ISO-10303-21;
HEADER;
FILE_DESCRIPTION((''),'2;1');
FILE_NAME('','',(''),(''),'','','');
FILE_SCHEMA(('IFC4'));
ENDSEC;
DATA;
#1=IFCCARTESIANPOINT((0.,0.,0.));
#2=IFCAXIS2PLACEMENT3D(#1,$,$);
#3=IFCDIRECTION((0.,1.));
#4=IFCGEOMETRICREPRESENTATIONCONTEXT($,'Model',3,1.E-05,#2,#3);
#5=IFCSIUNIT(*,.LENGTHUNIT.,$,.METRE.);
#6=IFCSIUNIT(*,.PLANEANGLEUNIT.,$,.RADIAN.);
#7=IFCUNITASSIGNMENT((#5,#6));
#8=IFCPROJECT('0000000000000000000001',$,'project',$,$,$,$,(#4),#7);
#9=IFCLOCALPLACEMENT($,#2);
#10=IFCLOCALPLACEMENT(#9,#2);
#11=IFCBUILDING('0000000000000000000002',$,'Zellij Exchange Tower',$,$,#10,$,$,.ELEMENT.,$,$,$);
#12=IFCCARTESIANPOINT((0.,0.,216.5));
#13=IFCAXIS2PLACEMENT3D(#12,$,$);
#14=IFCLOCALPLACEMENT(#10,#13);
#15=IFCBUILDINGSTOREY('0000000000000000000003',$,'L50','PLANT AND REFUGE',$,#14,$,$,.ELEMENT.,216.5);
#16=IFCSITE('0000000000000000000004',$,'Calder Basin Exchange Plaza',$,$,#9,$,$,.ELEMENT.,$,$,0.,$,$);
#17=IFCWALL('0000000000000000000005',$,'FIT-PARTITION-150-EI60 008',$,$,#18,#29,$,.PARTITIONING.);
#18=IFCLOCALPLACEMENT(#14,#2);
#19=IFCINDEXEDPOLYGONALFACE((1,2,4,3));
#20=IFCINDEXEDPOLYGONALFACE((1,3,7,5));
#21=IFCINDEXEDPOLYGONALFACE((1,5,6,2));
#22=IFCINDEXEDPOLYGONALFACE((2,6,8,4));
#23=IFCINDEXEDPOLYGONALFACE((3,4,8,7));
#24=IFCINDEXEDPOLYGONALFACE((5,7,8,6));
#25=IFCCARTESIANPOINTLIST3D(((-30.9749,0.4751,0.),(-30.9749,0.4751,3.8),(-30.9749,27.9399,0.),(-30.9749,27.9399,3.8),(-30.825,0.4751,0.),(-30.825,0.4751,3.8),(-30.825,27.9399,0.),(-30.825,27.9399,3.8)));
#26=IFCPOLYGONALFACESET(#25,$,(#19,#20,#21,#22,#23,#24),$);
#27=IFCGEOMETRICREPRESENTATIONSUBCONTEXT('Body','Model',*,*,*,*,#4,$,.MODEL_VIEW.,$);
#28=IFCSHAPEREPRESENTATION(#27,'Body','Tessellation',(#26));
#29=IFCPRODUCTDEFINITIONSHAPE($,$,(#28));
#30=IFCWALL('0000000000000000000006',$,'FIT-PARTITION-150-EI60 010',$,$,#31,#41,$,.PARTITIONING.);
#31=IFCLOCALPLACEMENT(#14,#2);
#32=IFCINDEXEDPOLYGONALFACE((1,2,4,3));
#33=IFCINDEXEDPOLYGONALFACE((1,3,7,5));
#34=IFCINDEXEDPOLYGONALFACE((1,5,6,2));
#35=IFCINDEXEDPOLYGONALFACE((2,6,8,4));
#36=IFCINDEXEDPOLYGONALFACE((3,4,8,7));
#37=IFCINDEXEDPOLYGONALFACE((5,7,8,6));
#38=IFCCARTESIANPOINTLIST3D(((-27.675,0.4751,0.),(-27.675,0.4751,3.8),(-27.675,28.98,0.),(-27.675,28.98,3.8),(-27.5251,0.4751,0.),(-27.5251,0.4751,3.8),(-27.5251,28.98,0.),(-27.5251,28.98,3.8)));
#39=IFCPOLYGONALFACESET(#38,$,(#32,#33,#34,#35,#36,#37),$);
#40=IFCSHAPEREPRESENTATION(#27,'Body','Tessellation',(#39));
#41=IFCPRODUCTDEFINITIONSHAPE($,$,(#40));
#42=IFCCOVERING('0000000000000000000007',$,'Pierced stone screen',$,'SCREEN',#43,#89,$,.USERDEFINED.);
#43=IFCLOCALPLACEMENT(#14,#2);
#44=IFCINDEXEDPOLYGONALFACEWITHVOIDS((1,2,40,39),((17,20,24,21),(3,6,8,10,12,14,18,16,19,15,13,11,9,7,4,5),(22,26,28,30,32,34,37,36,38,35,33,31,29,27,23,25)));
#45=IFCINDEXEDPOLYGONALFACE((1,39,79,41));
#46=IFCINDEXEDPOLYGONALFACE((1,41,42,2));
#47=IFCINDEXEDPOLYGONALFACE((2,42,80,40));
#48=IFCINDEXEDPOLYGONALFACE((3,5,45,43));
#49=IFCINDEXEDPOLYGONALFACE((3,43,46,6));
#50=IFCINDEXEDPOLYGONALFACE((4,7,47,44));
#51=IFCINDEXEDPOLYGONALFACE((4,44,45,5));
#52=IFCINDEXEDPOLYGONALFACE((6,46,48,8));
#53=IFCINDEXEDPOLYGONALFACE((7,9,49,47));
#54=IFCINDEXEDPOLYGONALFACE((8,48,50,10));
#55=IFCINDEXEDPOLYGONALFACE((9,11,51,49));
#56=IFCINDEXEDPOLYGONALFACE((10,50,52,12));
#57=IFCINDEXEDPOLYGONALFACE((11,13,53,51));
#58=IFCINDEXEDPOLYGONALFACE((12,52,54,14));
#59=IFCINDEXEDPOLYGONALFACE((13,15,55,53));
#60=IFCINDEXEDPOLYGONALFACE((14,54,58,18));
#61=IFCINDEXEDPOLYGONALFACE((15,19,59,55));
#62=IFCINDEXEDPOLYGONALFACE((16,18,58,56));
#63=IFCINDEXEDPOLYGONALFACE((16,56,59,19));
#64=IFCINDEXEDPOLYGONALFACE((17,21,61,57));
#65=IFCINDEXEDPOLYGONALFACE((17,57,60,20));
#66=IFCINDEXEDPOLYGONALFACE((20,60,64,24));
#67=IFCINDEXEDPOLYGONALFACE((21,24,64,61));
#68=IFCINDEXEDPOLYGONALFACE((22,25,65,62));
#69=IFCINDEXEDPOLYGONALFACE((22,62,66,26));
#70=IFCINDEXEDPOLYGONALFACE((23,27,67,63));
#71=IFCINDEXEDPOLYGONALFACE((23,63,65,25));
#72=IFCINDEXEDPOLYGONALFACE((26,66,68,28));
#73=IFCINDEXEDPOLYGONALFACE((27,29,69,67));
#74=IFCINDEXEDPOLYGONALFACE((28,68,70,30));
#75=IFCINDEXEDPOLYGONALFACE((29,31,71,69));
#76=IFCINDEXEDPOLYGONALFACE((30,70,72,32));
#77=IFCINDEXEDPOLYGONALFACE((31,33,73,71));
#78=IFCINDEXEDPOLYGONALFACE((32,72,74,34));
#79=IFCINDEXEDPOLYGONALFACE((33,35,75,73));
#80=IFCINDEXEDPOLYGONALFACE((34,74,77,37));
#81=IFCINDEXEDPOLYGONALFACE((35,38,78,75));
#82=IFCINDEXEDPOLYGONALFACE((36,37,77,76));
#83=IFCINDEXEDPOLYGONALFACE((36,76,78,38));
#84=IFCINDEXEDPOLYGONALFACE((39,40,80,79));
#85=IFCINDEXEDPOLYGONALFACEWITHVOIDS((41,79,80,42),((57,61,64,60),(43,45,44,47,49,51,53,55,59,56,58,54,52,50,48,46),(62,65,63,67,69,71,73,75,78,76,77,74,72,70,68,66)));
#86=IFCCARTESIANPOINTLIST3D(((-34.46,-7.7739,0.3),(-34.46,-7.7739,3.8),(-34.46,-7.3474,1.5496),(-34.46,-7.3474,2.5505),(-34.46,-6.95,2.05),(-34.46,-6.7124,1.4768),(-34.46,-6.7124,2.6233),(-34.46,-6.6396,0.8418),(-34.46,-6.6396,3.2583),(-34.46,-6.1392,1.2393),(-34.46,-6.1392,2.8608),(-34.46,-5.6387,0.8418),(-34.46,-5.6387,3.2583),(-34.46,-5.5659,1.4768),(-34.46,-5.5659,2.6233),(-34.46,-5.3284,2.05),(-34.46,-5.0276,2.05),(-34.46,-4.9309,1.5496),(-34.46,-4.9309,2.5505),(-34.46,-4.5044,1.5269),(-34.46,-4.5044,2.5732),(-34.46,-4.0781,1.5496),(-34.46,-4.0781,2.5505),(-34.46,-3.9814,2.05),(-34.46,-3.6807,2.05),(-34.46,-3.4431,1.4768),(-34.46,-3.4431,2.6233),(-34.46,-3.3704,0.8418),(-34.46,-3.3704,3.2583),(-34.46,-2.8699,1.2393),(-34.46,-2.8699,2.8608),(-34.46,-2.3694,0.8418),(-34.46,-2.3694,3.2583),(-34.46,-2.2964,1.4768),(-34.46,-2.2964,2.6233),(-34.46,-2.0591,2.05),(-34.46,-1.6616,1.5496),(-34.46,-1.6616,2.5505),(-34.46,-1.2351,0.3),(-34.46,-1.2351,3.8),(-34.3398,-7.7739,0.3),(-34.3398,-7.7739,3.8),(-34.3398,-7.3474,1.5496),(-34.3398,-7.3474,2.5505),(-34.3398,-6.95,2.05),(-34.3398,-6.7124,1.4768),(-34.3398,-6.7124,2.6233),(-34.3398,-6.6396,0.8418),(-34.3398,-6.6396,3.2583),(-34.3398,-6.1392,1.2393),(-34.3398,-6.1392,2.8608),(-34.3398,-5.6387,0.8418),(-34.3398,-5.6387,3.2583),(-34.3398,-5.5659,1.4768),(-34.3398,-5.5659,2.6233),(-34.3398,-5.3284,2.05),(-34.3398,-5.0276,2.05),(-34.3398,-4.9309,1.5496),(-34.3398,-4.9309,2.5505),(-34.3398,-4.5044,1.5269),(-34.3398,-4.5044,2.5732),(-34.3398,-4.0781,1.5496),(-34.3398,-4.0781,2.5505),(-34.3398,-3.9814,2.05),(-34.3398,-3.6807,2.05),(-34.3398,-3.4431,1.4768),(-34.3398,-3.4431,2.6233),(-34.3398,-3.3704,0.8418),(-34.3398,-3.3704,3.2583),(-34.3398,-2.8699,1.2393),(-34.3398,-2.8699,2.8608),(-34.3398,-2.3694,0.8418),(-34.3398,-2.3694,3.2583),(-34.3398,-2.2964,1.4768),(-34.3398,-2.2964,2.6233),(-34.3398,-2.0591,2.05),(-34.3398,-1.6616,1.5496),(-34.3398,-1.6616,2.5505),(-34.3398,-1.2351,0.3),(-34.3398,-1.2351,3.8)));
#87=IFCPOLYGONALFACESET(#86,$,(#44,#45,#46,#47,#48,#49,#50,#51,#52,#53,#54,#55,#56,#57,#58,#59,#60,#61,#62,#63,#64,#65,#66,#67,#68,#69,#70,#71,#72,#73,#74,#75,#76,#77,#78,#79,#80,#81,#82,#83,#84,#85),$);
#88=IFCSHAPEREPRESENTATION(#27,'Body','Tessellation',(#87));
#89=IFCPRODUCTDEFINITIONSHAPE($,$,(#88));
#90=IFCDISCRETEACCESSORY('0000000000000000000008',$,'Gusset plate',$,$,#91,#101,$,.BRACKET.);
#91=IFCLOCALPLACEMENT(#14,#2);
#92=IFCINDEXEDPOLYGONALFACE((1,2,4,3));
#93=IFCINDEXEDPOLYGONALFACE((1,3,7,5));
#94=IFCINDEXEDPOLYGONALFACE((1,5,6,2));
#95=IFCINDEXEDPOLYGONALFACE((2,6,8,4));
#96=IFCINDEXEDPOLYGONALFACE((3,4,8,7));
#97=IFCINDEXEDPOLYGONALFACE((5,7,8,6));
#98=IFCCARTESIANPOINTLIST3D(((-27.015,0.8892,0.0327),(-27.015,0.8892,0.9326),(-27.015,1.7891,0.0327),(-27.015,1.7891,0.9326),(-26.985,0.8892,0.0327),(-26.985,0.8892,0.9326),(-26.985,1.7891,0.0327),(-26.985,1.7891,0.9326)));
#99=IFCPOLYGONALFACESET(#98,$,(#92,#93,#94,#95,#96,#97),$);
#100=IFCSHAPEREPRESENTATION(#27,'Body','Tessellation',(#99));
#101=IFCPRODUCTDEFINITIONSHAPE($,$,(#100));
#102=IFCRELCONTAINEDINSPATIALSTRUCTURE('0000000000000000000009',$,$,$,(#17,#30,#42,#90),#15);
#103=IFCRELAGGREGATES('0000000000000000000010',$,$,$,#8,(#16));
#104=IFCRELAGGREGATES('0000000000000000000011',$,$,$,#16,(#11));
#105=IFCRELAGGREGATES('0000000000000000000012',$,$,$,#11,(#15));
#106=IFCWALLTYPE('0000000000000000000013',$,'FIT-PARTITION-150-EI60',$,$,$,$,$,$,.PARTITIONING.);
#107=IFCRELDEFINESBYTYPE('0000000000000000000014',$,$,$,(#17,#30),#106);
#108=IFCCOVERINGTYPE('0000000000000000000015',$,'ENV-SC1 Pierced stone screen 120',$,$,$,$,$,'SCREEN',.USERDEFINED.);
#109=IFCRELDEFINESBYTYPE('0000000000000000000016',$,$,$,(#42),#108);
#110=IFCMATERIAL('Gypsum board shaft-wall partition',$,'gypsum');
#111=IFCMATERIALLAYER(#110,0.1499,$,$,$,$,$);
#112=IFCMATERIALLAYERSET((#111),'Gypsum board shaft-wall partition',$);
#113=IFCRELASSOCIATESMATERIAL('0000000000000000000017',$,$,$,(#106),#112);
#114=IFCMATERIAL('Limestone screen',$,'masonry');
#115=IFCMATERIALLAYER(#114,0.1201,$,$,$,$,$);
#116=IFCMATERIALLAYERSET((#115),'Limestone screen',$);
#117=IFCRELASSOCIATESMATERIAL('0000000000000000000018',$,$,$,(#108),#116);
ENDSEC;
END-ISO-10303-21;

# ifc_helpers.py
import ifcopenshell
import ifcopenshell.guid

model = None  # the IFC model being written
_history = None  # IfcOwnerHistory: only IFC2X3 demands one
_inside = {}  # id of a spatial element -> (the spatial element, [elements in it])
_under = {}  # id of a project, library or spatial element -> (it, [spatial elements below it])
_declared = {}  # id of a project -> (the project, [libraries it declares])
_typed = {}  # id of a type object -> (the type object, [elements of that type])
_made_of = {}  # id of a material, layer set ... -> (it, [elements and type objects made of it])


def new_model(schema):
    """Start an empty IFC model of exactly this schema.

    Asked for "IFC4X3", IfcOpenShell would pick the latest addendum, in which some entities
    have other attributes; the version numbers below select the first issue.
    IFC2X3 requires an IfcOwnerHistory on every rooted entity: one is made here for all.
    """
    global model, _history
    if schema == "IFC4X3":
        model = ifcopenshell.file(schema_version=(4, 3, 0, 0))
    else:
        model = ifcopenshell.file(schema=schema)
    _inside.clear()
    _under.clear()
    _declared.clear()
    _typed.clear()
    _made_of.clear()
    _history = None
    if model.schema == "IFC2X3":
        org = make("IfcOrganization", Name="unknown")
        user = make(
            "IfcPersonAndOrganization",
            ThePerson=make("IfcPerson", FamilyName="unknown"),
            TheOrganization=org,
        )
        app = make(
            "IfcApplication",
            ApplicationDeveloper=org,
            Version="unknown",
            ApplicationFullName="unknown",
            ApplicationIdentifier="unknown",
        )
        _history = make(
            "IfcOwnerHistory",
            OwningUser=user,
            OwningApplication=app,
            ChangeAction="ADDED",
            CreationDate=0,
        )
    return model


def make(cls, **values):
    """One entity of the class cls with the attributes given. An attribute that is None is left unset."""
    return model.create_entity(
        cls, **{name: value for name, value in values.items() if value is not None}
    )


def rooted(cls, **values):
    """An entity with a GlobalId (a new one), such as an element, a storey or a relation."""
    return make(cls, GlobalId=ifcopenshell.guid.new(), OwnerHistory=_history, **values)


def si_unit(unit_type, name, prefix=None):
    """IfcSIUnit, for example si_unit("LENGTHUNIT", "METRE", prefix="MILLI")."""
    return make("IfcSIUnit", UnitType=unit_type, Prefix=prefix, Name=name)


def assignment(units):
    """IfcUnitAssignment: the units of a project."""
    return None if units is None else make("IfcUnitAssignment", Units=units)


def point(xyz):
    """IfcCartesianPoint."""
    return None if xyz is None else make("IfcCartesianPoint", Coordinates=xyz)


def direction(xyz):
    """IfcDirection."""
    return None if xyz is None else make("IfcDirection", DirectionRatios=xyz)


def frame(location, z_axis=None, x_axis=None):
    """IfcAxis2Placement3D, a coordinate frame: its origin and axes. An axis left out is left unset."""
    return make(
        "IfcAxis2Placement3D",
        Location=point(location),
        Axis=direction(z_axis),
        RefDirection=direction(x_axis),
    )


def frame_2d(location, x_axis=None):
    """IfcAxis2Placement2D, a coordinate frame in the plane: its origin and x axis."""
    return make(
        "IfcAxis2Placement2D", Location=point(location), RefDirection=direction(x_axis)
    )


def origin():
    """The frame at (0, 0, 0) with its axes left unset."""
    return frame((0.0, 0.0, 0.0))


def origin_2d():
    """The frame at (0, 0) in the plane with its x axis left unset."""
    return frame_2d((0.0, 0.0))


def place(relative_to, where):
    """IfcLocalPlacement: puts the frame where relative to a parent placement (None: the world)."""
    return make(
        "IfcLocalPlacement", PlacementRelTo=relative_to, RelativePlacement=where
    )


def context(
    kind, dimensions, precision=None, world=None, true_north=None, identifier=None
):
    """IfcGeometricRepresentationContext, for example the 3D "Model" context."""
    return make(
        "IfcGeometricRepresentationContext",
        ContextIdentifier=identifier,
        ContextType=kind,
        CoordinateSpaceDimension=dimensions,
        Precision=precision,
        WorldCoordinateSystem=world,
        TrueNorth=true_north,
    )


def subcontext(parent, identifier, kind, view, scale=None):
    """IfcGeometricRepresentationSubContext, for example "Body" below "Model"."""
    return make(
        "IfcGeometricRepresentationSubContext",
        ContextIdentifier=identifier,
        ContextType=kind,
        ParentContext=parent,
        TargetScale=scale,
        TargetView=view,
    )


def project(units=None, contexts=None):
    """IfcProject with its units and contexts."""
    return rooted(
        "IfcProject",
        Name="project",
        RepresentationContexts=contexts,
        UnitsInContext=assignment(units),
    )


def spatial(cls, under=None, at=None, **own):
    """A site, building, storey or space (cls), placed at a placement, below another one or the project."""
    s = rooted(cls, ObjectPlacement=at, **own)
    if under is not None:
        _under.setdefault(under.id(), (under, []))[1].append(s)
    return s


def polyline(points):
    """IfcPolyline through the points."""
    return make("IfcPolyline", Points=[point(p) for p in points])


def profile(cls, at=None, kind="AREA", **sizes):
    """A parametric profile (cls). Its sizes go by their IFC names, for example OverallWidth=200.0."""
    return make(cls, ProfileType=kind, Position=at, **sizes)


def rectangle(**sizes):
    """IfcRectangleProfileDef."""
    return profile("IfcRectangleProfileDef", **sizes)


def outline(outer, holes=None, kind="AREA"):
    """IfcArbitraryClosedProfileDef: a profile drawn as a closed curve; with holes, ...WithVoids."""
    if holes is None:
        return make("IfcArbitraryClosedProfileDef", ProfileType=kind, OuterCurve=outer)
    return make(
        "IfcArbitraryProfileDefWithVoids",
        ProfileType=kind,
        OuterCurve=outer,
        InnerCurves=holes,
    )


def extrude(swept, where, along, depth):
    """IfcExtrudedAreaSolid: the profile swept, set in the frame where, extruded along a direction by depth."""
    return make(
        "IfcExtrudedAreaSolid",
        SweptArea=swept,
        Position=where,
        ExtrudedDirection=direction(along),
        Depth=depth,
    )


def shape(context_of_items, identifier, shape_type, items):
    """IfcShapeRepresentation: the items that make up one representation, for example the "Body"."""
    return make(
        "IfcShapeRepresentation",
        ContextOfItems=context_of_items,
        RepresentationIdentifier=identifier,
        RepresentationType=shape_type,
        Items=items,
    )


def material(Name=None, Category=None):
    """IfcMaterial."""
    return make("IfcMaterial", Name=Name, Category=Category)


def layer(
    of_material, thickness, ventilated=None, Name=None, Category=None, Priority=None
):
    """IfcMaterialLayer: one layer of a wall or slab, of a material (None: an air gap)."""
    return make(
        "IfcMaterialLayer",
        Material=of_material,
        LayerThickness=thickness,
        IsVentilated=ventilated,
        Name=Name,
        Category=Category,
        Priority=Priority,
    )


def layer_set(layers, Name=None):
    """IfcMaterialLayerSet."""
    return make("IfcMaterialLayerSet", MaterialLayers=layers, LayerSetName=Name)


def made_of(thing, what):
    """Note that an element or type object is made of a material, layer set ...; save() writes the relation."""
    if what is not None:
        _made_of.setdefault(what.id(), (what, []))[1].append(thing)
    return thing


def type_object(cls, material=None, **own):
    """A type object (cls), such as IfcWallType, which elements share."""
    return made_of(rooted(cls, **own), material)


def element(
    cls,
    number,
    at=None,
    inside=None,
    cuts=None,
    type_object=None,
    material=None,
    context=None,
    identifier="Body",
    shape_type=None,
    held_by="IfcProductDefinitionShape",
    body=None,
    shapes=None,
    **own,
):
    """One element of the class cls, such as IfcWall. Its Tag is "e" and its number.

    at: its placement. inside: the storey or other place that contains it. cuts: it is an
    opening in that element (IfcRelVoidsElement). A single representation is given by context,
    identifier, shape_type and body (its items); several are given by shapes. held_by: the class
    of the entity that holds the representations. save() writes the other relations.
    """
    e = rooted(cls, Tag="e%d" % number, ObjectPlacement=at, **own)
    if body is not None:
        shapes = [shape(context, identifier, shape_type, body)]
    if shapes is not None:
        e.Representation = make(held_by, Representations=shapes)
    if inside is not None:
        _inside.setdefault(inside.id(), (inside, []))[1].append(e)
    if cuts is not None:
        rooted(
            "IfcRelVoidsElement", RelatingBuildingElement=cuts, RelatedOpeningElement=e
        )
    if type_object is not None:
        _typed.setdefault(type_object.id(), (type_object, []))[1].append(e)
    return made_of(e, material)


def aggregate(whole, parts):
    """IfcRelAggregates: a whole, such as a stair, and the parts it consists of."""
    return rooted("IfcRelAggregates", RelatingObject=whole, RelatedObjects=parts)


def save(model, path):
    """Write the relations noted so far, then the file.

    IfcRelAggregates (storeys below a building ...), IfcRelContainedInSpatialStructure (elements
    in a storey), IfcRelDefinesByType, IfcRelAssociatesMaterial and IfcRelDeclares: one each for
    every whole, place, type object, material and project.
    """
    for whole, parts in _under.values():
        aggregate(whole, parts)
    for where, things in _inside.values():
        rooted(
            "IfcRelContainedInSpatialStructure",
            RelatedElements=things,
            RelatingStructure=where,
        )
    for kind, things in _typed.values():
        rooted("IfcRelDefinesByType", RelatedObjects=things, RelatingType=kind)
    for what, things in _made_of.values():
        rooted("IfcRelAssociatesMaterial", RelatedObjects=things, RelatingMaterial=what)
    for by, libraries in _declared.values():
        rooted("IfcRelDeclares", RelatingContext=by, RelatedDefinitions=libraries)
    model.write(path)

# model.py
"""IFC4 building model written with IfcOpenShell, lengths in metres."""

from ifc_helpers import new_model, si_unit, direction, frame, frame_2d, origin, origin_2d, place, context, subcontext, project, spatial, polyline, rectangle, outline, extrude, material, layer, layer_set, type_object, element, save


model = new_model("IFC4")

# Units and contexts
model_context = context("Model", 3, precision=1e-05, world=origin(), true_north=direction((0.0, 1.0)))
body_context = subcontext(model_context, "Body", "Model", "MODEL_VIEW")
ifc_project = project(units=[si_unit("LENGTHUNIT", "METRE"), si_unit("PLANEANGLEUNIT", "RADIAN")], contexts=[model_context])

# Site, building, storey
site_placement = place(None, origin())
site = spatial("IfcSite", under=ifc_project, at=site_placement, Name="Calder Basin Exchange Plaza", CompositionType="ELEMENT", RefElevation=0.0)
building_placement = place(site_placement, origin())
building = spatial("IfcBuilding", under=site, at=building_placement, Name="Zellij Exchange Tower", CompositionType="ELEMENT")
storey_placement = place(building_placement, frame((0.0, 0.0, 216.5)))
storey = spatial("IfcBuildingStorey", under=building, at=storey_placement, Name="L50", Description="PLANT AND REFUGE", CompositionType="ELEMENT", Elevation=216.5)

# Shared definitions
ifc_material_1 = material(Name="Gypsum board shaft-wall partition", Category="gypsum")
ifc_layer_1 = layer(ifc_material_1, 0.1499)
ifc_layer_set_1 = layer_set([ifc_layer_1], Name="Gypsum board shaft-wall partition")
wall_type_1 = type_object("IfcWallType", Name="FIT-PARTITION-150-EI60", PredefinedType="PARTITIONING", material=ifc_layer_set_1)

# Walls
wall_1_placement = place(storey_placement, frame((-30.8999, 0.4751, 0.0), z_axis=(0.0, 0.0, 1.0), x_axis=(0.0, 1.0, 0.0)))
element("IfcWall", 1, at=wall_1_placement, inside=storey, type_object=wall_type_1, Name="FIT-PARTITION-150-EI60 008", PredefinedType="PARTITIONING", context=body_context, shape_type="SweptSolid", body=[
    extrude(rectangle(XDim=27.4648, YDim=0.1499, at=frame_2d((13.7324, 0.0))), origin(), (0.0, 0.0, 1.0), 3.8),
])
wall_2_placement = place(storey_placement, frame((-27.6001, 0.4751, 0.0), z_axis=(0.0, 0.0, 1.0), x_axis=(0.0, 1.0, 0.0)))
element("IfcWall", 2, at=wall_2_placement, inside=storey, type_object=wall_type_1, Name="FIT-PARTITION-150-EI60 010", PredefinedType="PARTITIONING", context=body_context, shape_type="SweptSolid", body=[
    extrude(rectangle(XDim=28.5049, YDim=0.1499, at=frame_2d((14.2524, 0.0))), origin(), (0.0, 0.0, 1.0), 3.8),
])

# Covering
ifc_material_2 = material(Name="Limestone screen", Category="masonry")
ifc_layer_2 = layer(ifc_material_2, 0.1201)
ifc_layer_set_2 = layer_set([ifc_layer_2], Name="Limestone screen")
covering_type = type_object("IfcCoveringType", Name="ENV-SC1 Pierced stone screen 120", ElementType="SCREEN", PredefinedType="USERDEFINED", material=ifc_layer_set_2)
covering_placement = place(storey_placement, frame((-34.3999, -1.2351, 0.3), z_axis=(0.0, 0.0, 1.0), x_axis=(0.0, -1.0, 0.0)))
element("IfcCovering", 3, at=covering_placement, inside=storey, type_object=covering_type, Name="Pierced stone screen", ObjectType="SCREEN", PredefinedType="USERDEFINED", context=body_context, shape_type="SweptSolid", body=[
    extrude(outline(polyline([(0.0, 0.0), (6.5388, 0.0), (6.5388, 3.5), (0.0, 3.5), (0.0, 0.0)]), holes=[polyline([(2.843, 2.2505), (2.208, 2.3232), (2.1353, 2.9583), (1.6348, 2.5608), (1.1343, 2.9583), (1.0613, 2.3232), (0.4265, 2.2505), (0.824, 1.75), (0.4265, 1.2495), (1.0613, 1.1768), (1.1343, 0.5417), (1.6348, 0.9392), (2.1353, 0.5417), (2.208, 1.1768), (2.843, 1.2495), (2.4456, 1.75), (2.843, 2.2505)]), polyline([(6.1123, 2.2505), (5.4773, 2.3232), (5.4045, 2.9583), (4.9041, 2.5608), (4.4036, 2.9583), (4.3308, 2.3232), (3.6958, 2.2505), (4.0933, 1.75), (3.6958, 1.2495), (4.3308, 1.1768), (4.4036, 0.5417), (4.9041, 0.9392), (5.4045, 0.5417), (5.4773, 1.1768), (6.1123, 1.2495), (5.7148, 1.75), (6.1123, 2.2505)]), polyline([(3.7925, 1.75), (3.2693, 2.2732), (2.7463, 1.75), (3.2693, 1.2268), (3.7925, 1.75)])]), frame((0.0, 0.0601, 0.0), z_axis=(0.0, -1.0, 0.0), x_axis=(1.0, 0.0, 0.0)), (0.0, 0.0, 1.0), 0.1201),
])

# Discrete accessory
discrete_accessory_placement = place(storey_placement, frame((-27.0, 1.3391, 0.0327), z_axis=(0.0, 0.0, 1.0), x_axis=(0.0, 1.0, 0.0)))
element("IfcDiscreteAccessory", 4, at=discrete_accessory_placement, inside=storey, Name="Gusset plate", PredefinedType="BRACKET", context=body_context, shape_type="SweptSolid", body=[
    extrude(rectangle(XDim=0.8999, YDim=0.03, at=origin_2d()), origin(), (0.0, 0.0, 1.0), 0.8999),
])

save(model, "model.ifc")
